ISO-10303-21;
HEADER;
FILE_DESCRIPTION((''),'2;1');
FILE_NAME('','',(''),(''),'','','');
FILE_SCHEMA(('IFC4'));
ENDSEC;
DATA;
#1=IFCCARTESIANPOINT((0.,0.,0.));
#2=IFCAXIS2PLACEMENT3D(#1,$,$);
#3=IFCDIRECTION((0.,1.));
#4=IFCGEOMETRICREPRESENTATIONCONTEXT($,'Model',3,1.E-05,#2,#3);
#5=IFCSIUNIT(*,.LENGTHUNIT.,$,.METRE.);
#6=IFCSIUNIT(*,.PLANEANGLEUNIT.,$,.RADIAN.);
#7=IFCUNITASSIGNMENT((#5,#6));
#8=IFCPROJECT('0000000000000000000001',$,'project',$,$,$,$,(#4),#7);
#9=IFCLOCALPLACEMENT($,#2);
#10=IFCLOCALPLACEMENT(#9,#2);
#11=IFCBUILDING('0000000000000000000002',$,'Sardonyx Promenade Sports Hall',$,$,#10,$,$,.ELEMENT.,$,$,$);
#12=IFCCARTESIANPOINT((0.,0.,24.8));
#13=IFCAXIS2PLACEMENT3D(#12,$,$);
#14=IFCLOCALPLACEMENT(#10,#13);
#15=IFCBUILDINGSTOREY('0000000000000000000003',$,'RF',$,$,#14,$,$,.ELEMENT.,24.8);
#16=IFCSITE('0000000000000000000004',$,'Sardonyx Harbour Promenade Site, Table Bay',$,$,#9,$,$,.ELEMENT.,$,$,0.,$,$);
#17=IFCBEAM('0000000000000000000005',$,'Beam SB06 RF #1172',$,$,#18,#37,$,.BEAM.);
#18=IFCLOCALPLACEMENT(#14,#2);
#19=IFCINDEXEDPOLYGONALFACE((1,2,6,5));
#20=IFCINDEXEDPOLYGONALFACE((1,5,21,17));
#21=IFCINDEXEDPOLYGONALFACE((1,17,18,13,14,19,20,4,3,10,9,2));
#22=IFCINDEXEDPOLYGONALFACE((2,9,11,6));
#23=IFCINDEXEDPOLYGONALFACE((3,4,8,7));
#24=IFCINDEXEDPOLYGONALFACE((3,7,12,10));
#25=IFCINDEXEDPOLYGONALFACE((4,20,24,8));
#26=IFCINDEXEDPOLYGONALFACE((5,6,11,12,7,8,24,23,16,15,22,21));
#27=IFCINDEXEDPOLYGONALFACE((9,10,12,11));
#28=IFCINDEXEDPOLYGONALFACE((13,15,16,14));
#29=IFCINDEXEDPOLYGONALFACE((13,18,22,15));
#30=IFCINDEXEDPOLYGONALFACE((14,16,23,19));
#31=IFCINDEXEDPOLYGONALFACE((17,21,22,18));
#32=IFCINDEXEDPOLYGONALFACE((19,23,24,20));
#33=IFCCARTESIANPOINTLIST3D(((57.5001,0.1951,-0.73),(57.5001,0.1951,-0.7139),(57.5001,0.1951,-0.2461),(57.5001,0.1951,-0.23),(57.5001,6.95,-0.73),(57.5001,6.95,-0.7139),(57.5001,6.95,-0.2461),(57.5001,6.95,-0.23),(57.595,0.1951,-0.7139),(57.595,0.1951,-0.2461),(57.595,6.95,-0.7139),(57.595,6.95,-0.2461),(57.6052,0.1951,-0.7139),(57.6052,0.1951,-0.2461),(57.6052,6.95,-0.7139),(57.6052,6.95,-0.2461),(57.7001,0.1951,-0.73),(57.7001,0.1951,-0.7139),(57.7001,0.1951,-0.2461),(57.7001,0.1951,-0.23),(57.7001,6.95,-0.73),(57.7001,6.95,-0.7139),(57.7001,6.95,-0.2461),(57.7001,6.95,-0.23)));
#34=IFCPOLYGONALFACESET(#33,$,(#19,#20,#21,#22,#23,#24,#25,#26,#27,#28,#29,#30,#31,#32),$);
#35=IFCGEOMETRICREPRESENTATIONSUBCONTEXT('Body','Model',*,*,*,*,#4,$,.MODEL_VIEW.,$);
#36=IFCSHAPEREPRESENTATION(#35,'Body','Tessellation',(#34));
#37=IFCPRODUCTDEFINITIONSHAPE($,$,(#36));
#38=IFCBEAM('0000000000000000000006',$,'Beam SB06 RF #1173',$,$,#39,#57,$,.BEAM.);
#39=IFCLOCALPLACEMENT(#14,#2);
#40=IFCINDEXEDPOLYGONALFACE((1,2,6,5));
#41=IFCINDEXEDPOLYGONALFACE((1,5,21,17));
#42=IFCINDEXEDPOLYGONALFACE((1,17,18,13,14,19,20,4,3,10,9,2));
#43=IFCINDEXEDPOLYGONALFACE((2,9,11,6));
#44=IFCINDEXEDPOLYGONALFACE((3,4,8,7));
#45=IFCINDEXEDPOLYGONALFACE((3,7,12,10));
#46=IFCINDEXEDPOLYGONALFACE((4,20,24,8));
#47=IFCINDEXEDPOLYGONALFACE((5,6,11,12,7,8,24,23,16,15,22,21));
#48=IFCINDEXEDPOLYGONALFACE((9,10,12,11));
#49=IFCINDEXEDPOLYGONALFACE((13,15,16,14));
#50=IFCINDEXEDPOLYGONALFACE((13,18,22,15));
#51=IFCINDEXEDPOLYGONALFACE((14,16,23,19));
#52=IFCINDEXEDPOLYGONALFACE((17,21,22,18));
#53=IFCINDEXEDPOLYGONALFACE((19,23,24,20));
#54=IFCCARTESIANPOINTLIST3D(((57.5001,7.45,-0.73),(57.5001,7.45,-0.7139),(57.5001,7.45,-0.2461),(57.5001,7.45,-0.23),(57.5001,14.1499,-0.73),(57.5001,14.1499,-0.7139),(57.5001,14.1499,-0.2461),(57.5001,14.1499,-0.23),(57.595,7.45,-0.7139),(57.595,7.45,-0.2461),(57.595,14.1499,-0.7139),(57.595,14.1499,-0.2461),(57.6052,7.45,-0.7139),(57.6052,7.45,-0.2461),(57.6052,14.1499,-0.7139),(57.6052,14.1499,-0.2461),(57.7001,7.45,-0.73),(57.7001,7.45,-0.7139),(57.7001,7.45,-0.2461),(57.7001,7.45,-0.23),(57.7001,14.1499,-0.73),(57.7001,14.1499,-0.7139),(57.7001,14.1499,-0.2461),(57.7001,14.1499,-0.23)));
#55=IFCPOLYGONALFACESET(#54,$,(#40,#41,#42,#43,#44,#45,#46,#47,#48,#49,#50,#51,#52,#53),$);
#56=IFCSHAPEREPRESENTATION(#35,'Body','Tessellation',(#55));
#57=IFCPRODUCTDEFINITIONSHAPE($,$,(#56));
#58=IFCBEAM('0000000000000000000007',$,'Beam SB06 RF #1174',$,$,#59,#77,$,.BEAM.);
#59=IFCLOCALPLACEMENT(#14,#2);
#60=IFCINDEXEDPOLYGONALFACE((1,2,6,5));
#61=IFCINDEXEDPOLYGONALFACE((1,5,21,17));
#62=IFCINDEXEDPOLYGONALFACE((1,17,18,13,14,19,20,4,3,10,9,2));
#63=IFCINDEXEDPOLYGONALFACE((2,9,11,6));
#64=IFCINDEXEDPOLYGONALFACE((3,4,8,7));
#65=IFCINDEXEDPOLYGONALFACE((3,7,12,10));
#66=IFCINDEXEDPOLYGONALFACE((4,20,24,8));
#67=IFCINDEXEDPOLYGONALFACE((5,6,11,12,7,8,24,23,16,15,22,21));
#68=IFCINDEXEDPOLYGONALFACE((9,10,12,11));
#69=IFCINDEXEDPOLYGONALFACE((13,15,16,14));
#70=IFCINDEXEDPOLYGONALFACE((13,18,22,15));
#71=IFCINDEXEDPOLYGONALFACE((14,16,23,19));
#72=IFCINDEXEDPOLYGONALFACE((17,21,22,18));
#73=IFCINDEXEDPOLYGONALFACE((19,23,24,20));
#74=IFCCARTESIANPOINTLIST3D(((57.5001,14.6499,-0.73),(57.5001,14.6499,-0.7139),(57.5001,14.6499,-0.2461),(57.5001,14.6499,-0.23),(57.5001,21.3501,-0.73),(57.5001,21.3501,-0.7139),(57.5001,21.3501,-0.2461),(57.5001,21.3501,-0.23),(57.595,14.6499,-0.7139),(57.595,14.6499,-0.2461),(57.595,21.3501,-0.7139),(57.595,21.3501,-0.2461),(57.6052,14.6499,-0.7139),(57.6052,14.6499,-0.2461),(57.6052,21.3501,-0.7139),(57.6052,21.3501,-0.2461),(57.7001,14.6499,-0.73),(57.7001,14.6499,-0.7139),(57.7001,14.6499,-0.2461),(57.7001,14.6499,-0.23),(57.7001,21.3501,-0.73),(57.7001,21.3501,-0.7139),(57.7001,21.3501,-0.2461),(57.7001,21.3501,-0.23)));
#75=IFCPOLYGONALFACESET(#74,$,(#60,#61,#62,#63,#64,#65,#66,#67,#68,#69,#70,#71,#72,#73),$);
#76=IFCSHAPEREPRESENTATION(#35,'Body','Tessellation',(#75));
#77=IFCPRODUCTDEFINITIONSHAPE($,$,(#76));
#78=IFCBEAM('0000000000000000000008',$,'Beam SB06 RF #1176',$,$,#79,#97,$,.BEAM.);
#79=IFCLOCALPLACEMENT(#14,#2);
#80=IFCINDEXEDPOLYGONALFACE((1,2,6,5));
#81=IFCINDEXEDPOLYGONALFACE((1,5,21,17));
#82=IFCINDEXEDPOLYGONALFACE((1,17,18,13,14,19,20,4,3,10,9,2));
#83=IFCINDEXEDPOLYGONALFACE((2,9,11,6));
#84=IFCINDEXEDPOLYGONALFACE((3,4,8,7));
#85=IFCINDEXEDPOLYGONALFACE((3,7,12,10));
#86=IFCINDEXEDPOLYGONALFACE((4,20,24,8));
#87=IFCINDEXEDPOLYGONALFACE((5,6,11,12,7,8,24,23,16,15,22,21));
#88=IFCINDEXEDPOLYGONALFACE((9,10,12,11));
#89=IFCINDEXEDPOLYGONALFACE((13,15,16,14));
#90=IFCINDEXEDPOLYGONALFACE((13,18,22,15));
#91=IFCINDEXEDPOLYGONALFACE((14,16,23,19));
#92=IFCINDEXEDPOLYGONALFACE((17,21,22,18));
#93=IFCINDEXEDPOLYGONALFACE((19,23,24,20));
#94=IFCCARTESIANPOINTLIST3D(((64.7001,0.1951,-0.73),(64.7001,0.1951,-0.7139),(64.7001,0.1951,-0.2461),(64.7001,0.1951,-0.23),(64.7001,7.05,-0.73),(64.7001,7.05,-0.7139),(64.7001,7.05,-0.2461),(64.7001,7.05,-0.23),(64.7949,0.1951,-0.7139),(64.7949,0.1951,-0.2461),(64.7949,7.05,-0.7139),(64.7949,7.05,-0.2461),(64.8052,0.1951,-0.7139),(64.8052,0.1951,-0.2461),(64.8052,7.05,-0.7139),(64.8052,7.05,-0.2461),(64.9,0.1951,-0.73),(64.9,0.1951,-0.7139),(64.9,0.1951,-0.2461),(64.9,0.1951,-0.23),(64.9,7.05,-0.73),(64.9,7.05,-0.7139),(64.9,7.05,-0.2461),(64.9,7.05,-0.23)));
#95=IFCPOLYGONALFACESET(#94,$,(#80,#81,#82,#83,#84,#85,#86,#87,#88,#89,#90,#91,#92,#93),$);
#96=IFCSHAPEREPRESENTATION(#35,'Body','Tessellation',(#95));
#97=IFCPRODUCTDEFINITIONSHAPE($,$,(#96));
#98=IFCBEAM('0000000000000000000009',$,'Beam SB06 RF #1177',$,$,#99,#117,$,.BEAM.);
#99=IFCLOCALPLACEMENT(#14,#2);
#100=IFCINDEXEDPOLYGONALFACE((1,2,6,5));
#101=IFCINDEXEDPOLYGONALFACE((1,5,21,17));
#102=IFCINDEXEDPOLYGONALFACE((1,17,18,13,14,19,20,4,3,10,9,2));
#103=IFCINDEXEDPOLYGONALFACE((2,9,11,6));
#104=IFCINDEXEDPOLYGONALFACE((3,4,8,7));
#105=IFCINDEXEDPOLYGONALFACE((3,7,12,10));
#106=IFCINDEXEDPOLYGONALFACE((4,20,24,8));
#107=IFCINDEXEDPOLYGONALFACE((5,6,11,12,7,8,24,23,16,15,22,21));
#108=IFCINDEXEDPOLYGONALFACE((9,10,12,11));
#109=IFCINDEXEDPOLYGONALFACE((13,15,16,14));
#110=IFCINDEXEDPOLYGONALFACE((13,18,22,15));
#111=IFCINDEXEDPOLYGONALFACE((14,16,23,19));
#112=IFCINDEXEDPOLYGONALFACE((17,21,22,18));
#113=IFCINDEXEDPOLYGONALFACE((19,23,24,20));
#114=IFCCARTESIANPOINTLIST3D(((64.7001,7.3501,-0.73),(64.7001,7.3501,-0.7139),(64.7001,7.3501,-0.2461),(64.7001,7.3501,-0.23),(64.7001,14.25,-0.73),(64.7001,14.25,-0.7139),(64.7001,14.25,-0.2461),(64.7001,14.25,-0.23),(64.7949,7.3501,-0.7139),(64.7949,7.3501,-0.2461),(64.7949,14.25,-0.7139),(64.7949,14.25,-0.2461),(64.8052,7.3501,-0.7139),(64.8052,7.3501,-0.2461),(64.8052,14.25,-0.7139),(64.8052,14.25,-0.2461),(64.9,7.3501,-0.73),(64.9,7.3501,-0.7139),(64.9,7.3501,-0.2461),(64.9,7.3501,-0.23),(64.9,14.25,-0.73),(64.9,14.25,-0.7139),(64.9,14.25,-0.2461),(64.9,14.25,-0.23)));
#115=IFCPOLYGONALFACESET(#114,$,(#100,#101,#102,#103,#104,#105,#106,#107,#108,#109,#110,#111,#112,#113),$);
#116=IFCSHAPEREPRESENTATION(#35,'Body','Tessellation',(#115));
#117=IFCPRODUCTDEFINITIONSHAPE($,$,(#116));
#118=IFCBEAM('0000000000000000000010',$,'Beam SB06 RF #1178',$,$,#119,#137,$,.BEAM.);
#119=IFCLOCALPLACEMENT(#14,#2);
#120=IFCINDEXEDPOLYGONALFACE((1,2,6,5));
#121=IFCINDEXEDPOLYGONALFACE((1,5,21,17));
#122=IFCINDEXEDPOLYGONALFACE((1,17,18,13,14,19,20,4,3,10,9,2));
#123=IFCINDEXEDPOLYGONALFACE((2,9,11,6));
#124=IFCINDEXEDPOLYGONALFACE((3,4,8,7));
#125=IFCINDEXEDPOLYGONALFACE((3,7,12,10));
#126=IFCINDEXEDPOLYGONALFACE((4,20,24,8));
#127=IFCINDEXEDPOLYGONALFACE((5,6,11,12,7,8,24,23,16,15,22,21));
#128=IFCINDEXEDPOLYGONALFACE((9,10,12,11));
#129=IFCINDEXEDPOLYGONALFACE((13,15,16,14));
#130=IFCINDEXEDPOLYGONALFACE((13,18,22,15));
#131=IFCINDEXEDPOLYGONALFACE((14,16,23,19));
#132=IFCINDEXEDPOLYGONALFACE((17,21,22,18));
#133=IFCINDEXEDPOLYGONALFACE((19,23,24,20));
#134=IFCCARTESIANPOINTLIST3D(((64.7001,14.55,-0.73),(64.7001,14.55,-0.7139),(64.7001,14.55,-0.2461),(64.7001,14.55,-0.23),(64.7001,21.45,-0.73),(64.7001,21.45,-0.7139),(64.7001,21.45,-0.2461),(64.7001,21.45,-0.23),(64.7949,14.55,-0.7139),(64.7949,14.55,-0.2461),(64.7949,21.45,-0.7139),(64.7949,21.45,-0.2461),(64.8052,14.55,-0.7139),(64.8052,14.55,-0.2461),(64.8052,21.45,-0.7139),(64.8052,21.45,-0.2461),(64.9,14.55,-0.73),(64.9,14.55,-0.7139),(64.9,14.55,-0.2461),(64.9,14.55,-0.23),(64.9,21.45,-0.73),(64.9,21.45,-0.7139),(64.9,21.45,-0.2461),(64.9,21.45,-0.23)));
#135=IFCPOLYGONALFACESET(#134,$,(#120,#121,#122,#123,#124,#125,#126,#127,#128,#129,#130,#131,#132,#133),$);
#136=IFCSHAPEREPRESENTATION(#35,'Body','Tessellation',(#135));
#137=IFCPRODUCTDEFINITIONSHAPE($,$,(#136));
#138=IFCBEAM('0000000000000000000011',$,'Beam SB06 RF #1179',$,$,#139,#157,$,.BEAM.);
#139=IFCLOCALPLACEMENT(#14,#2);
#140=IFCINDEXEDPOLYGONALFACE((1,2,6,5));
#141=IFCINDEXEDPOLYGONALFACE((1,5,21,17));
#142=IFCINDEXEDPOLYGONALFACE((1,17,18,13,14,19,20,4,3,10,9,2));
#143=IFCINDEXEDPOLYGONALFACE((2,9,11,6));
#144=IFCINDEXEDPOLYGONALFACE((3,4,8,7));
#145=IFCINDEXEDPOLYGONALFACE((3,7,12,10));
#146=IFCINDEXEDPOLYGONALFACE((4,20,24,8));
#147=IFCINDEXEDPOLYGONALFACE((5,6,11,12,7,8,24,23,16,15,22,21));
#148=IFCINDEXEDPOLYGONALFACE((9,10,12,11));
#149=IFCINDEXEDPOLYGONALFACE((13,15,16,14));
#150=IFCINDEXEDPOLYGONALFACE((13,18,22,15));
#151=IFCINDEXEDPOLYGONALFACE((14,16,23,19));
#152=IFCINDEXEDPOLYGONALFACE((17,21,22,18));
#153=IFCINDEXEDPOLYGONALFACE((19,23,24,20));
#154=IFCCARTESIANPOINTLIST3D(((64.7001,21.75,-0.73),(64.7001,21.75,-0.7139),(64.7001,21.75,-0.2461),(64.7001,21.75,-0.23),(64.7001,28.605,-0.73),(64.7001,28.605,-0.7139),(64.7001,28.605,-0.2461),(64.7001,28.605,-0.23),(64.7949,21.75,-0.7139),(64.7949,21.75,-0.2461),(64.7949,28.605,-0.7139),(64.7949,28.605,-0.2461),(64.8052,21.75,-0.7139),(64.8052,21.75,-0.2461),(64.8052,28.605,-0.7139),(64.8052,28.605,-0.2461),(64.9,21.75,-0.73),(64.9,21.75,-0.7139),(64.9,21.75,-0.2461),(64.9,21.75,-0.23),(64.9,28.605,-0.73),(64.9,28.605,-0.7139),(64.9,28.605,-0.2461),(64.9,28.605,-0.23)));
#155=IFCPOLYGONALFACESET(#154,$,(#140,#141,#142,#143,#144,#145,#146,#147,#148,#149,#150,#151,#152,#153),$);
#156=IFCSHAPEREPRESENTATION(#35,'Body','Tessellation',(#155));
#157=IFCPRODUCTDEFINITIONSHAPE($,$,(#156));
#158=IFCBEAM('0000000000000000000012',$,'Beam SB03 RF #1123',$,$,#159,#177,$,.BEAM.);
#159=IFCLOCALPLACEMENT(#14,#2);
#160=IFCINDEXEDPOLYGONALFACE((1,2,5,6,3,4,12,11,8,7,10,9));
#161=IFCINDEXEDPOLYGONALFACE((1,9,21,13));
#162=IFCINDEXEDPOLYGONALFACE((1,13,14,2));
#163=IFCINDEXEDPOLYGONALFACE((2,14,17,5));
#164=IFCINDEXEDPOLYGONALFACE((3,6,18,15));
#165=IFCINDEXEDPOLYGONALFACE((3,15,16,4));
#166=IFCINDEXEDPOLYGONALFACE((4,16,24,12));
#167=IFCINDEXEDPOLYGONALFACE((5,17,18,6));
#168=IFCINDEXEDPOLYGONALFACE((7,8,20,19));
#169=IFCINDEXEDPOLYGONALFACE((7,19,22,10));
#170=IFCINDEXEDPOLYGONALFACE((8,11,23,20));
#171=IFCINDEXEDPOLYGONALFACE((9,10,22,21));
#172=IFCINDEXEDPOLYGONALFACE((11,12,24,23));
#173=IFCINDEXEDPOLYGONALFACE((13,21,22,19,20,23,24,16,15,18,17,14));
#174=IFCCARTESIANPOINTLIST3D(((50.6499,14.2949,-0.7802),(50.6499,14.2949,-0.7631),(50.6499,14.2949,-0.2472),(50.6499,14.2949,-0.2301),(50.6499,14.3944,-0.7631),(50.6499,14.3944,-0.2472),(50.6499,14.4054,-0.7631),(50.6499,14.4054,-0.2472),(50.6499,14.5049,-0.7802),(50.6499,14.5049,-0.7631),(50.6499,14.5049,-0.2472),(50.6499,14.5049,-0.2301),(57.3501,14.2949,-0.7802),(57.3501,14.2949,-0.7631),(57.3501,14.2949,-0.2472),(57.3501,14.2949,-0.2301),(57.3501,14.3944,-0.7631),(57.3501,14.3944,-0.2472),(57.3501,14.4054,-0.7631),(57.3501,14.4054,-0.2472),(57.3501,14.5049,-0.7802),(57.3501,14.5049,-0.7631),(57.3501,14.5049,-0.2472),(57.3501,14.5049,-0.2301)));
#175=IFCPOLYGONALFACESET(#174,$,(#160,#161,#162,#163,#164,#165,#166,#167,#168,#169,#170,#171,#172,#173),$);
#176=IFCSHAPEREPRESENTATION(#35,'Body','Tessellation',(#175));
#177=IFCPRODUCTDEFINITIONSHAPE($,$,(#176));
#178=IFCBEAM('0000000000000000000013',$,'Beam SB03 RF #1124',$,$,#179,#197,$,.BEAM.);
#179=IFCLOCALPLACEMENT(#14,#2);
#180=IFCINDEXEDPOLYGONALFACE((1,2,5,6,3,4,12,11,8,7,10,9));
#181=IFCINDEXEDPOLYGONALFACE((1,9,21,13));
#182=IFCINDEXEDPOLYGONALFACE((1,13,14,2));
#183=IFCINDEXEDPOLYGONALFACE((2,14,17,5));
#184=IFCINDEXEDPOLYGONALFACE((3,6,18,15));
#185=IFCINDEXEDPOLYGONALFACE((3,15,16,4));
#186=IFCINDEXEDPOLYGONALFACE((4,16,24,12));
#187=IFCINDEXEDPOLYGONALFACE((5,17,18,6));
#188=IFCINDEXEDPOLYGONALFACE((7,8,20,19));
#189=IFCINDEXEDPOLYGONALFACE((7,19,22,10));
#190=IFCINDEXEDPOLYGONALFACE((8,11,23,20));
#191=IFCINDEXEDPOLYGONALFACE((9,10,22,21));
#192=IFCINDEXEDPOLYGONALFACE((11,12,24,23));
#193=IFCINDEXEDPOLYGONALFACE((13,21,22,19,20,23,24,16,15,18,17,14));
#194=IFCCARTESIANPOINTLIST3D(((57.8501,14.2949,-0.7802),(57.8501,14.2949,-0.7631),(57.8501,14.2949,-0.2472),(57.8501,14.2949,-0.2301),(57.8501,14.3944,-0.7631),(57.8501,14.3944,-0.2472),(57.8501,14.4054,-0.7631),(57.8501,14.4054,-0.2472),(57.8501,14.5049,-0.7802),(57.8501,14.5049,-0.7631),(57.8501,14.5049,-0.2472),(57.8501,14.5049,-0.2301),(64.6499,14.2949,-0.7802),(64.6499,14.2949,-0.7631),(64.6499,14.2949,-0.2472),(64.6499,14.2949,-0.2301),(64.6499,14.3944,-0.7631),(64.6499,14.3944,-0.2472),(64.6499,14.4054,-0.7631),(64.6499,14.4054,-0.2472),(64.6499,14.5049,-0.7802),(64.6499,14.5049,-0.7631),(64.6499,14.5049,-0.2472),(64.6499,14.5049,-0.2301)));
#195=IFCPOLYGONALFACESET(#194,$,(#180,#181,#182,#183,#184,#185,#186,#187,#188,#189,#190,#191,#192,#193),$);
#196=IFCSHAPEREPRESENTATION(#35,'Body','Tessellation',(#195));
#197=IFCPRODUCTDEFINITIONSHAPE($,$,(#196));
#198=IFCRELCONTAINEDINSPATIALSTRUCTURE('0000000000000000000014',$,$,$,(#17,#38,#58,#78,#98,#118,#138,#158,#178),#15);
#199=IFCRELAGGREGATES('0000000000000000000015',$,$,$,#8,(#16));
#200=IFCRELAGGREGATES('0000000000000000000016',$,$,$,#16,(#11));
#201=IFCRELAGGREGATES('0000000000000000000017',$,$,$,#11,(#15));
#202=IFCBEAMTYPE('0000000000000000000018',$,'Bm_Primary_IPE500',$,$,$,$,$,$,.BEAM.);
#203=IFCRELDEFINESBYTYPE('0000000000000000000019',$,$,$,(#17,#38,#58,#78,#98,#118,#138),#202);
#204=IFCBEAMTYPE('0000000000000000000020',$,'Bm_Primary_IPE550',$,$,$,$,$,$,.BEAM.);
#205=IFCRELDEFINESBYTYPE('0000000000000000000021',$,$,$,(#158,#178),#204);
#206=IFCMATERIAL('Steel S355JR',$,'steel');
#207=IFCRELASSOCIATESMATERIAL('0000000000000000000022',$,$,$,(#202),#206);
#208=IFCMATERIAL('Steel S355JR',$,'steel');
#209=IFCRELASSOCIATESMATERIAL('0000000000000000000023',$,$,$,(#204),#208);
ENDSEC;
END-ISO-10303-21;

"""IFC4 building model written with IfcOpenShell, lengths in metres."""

from ifc_helpers import new_model, si_unit, direction, frame, origin, origin_2d, place, context, subcontext, project, spatial, i_section, extrude, material, material_profile, profile_set, type_object, element, save


model = new_model("IFC4")

# Units and contexts
model_context = context("Model", 3, precision=1e-05, world=origin(), true_north=direction((0.0, 1.0)))
body_context = subcontext(model_context, "Body", "Model", "MODEL_VIEW")
ifc_project = project(units=[si_unit("LENGTHUNIT", "METRE"), si_unit("PLANEANGLEUNIT", "RADIAN")], contexts=[model_context])

# Site, building, storey
site_placement = place(None, origin())
site = spatial("IfcSite", under=ifc_project, at=site_placement, Name="Sardonyx Harbour Promenade Site, Table Bay", CompositionType="ELEMENT", RefElevation=0.0)
building_placement = place(site_placement, origin())
building = spatial("IfcBuilding", under=site, at=building_placement, Name="Sardonyx Promenade Sports Hall", CompositionType="ELEMENT")
storey_placement = place(building_placement, frame((0.0, 0.0, 24.8)))
storey = spatial("IfcBuildingStorey", under=building, at=storey_placement, Name="RF", CompositionType="ELEMENT", Elevation=24.8)

# Beams
ifc_material_1 = material(Name="Steel S355JR", Category="steel")
ifc_material_profile_1 = material_profile(ifc_material_1, i_section(OverallWidth=0.2, OverallDepth=0.5, WebThickness=0.0103, FlangeThickness=0.0161, at=origin_2d()))
ifc_profile_set_1 = profile_set([ifc_material_profile_1], Name="Steel S355JR")
beam_type_1 = type_object("IfcBeamType", Name="Bm_Primary_IPE500", PredefinedType="BEAM", material=ifc_profile_set_1)
beam_1_placement = place(storey_placement, frame((57.6001, 0.1951, -0.48), z_axis=(0.0, 1.0, 0.0), x_axis=(-1.0, 0.0, 0.0)))
element("IfcBeam", 1, at=beam_1_placement, inside=storey, type_object=beam_type_1, Name="Beam SB06 RF #1172", PredefinedType="BEAM", context=body_context, shape_type="SweptSolid", body=[
    extrude(i_section(OverallWidth=0.2, OverallDepth=0.5, WebThickness=0.0103, FlangeThickness=0.0161, at=origin_2d()), origin(), (0.0, 0.0, 1.0), 6.7549),
])
beam_2_placement = place(storey_placement, frame((57.6001, 7.45, -0.48), z_axis=(0.0, 1.0, 0.0), x_axis=(-1.0, 0.0, 0.0)))
element("IfcBeam", 2, at=beam_2_placement, inside=storey, type_object=beam_type_1, Name="Beam SB06 RF #1173", PredefinedType="BEAM", context=body_context, shape_type="SweptSolid", body=[
    extrude(i_section(OverallWidth=0.2, OverallDepth=0.5, WebThickness=0.0103, FlangeThickness=0.0161, at=origin_2d()), origin(), (0.0, 0.0, 1.0), 6.7),
])
beam_3_placement = place(storey_placement, frame((57.6001, 14.6499, -0.48), z_axis=(0.0, 1.0, 0.0), x_axis=(-1.0, 0.0, 0.0)))
element("IfcBeam", 3, at=beam_3_placement, inside=storey, type_object=beam_type_1, Name="Beam SB06 RF #1174", PredefinedType="BEAM", context=body_context, shape_type="SweptSolid", body=[
    extrude(i_section(OverallWidth=0.2, OverallDepth=0.5, WebThickness=0.0103, FlangeThickness=0.0161, at=origin_2d()), origin(), (0.0, 0.0, 1.0), 6.7002),
])
beam_4_placement = place(storey_placement, frame((64.8, 0.1951, -0.48), z_axis=(0.0, 1.0, 0.0), x_axis=(-1.0, 0.0, 0.0)))
element("IfcBeam", 4, at=beam_4_placement, inside=storey, type_object=beam_type_1, Name="Beam SB06 RF #1176", PredefinedType="BEAM", context=body_context, shape_type="SweptSolid", body=[
    extrude(i_section(OverallWidth=0.2, OverallDepth=0.5, WebThickness=0.0103, FlangeThickness=0.0161, at=origin_2d()), origin(), (0.0, 0.0, 1.0), 6.855),
])
for number, where, z_axis, x_axis, name in (
    (5, (64.8, 7.3501, -0.48), (0.0, 1.0, 0.0), (-1.0, 0.0, 0.0), "Beam SB06 RF #1177"),
    (6, (64.8, 14.55, -0.48), (0.0, 1.0, 0.0), (-1.0, 0.0, 0.0), "Beam SB06 RF #1178"),
):
    element("IfcBeam", number, at=place(storey_placement, frame(where, z_axis=z_axis, x_axis=x_axis)), inside=storey, type_object=beam_type_1, Name=name, PredefinedType="BEAM", context=body_context, shape_type="SweptSolid", body=[
        extrude(i_section(OverallWidth=0.2, OverallDepth=0.5, WebThickness=0.0103, FlangeThickness=0.0161, at=origin_2d()), origin(), (0.0, 0.0, 1.0), 6.8999),
    ])
beam_5_placement = place(storey_placement, frame((64.8, 21.75, -0.48), z_axis=(0.0, 1.0, 0.0), x_axis=(-1.0, 0.0, 0.0)))
element("IfcBeam", 7, at=beam_5_placement, inside=storey, type_object=beam_type_1, Name="Beam SB06 RF #1179", PredefinedType="BEAM", context=body_context, shape_type="SweptSolid", body=[
    extrude(i_section(OverallWidth=0.2, OverallDepth=0.5, WebThickness=0.0103, FlangeThickness=0.0161, at=origin_2d()), origin(), (0.0, 0.0, 1.0), 6.855),
])
ifc_material_2 = material(Name="Steel S355JR", Category="steel")
ifc_material_profile_2 = material_profile(ifc_material_2, i_section(OverallWidth=0.21, OverallDepth=0.55, WebThickness=0.011, FlangeThickness=0.0171, at=origin_2d()))
ifc_profile_set_2 = profile_set([ifc_material_profile_2], Name="Steel S355JR")
beam_type_2 = type_object("IfcBeamType", Name="Bm_Primary_IPE550", PredefinedType="BEAM", material=ifc_profile_set_2)
beam_6_placement = place(storey_placement, frame((50.6499, 14.3999, -0.5051), z_axis=(1.0, 0.0, 0.0), x_axis=(0.0, 1.0, 0.0)))
element("IfcBeam", 8, at=beam_6_placement, inside=storey, type_object=beam_type_2, Name="Beam SB03 RF #1123", PredefinedType="BEAM", context=body_context, shape_type="SweptSolid", body=[
    extrude(i_section(OverallWidth=0.21, OverallDepth=0.55, WebThickness=0.011, FlangeThickness=0.0171, at=origin_2d()), origin(), (0.0, 0.0, 1.0), 6.7002),
])
beam_7_placement = place(storey_placement, frame((57.8501, 14.3999, -0.5051), z_axis=(1.0, 0.0, 0.0), x_axis=(0.0, 1.0, 0.0)))
element("IfcBeam", 9, at=beam_7_placement, inside=storey, type_object=beam_type_2, Name="Beam SB03 RF #1124", PredefinedType="BEAM", context=body_context, shape_type="SweptSolid", body=[
    extrude(i_section(OverallWidth=0.21, OverallDepth=0.55, WebThickness=0.011, FlangeThickness=0.0171, at=origin_2d()), origin(), (0.0, 0.0, 1.0), 6.7998),
])

save(model, "model.ifc")
